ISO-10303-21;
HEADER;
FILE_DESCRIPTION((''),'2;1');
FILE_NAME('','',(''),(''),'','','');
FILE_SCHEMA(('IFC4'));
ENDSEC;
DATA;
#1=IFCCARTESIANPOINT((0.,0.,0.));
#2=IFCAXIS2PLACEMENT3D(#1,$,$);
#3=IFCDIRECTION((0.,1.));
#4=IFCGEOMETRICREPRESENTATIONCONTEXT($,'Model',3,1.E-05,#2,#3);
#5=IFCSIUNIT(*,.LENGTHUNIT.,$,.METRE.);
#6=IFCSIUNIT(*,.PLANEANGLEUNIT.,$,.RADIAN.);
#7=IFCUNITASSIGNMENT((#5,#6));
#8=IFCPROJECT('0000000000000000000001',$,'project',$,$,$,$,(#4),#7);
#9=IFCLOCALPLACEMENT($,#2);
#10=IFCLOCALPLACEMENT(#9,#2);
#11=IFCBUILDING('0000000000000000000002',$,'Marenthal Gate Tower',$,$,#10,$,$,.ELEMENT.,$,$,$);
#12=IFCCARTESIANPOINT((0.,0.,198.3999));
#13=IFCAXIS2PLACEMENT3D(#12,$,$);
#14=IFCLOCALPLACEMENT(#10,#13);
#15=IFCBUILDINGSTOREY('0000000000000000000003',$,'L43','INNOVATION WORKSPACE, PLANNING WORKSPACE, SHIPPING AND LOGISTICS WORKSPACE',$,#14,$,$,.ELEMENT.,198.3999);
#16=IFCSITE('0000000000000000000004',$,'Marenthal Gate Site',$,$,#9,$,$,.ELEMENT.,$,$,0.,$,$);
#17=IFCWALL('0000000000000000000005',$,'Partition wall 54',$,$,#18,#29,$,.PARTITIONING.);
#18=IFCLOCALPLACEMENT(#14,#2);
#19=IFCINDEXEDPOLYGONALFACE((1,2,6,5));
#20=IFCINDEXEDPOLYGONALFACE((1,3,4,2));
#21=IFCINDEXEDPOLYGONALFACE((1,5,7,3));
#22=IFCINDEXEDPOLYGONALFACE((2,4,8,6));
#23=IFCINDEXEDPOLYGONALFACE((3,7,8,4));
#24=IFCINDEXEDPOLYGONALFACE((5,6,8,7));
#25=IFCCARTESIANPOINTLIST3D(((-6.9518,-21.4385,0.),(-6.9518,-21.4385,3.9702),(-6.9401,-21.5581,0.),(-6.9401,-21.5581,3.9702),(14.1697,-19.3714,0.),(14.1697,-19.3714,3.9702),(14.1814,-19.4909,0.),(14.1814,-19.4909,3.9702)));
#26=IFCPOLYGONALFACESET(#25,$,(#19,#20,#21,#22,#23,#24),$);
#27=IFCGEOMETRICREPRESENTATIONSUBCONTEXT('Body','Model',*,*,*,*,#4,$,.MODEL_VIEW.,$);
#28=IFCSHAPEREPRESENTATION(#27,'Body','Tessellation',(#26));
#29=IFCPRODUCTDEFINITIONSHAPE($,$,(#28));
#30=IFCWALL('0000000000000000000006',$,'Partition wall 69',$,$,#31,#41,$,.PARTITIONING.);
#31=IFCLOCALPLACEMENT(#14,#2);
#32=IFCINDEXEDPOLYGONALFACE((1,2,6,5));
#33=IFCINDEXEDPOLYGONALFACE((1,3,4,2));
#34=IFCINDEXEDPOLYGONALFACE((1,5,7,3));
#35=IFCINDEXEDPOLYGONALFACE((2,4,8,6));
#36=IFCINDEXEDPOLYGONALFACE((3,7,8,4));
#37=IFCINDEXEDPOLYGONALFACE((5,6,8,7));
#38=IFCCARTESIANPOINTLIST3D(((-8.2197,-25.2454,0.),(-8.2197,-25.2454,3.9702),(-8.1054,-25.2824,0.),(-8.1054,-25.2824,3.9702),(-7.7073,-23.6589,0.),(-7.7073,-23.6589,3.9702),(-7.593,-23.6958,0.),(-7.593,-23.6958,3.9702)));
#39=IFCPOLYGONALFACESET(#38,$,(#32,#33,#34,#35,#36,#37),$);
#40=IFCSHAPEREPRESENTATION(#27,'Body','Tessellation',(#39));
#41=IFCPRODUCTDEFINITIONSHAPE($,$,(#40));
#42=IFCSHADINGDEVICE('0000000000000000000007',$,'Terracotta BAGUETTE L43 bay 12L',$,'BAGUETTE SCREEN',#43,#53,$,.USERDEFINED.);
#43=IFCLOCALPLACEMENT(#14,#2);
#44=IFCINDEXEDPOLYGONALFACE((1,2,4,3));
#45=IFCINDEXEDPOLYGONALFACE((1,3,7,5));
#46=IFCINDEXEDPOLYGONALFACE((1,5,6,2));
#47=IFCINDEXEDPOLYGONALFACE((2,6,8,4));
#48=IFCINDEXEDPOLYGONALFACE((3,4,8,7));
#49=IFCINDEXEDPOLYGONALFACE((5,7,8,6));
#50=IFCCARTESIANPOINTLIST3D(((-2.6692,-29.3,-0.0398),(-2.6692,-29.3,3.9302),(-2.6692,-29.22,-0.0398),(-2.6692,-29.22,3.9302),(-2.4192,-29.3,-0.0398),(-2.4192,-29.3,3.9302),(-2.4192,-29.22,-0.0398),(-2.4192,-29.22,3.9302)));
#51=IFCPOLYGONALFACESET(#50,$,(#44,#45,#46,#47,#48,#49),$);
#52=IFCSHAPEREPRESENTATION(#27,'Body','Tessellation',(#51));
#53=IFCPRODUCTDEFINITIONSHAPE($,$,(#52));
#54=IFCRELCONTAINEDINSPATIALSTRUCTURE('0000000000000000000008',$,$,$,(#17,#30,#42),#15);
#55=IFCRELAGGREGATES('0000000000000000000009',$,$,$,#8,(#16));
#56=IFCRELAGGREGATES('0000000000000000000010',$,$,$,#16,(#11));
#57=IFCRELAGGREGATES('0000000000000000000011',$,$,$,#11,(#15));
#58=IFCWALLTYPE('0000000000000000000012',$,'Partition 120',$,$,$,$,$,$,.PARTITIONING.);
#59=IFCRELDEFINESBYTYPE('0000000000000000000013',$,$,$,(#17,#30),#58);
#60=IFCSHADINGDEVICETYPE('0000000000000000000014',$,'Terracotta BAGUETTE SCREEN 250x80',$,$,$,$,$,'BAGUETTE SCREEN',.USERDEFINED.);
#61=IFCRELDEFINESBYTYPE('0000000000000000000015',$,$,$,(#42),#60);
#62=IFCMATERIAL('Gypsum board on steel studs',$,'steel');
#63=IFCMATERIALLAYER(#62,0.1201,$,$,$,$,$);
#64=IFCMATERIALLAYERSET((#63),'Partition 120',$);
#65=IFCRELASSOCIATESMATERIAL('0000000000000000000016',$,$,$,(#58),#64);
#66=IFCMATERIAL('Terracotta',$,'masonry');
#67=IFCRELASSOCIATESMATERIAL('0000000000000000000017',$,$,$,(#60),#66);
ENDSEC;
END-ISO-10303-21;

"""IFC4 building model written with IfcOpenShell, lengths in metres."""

from ifc_helpers import new_model, si_unit, direction, frame, frame_2d, origin, origin_2d, place, context, subcontext, project, spatial, rectangle, extrude, material, layer, layer_set, material_profile, profile_set, type_object, element, save


model = new_model("IFC4")

# Units and contexts
model_context = context("Model", 3, precision=1e-05, world=origin(), true_north=direction((0.0, 1.0)))
body_context = subcontext(model_context, "Body", "Model", "MODEL_VIEW")
ifc_project = project(units=[si_unit("LENGTHUNIT", "METRE"), si_unit("PLANEANGLEUNIT", "RADIAN")], contexts=[model_context])

# Site, building, storey
site_placement = place(None, origin())
site = spatial("IfcSite", under=ifc_project, at=site_placement, Name="Marenthal Gate Site", CompositionType="ELEMENT", RefElevation=0.0)
building_placement = place(site_placement, origin())
building = spatial("IfcBuilding", under=site, at=building_placement, Name="Marenthal Gate Tower", CompositionType="ELEMENT")
storey_placement = place(building_placement, frame((0.0, 0.0, 198.3999)))
storey = spatial("IfcBuildingStorey", under=building, at=storey_placement, Name="L43", Description="INNOVATION WORKSPACE, PLANNING WORKSPACE, SHIPPING AND LOGISTICS WORKSPACE", CompositionType="ELEMENT", Elevation=198.3999)

# Walls
ifc_material_1 = material(Name="Gypsum board on steel studs", Category="steel")
ifc_layer_1 = layer(ifc_material_1, 0.1201)
ifc_layer_set_1 = layer_set([ifc_layer_1], Name="Partition 120")
wall_type_1 = type_object("IfcWallType", Name="Partition 120", PredefinedType="PARTITIONING", material=ifc_layer_set_1)
wall_1_placement = place(storey_placement, frame((-6.946, -21.4983, 0.0), z_axis=(0.0, 0.0, 1.0), x_axis=(0.995245, 0.097403, 0.0)))
element("IfcWall", 1, at=wall_1_placement, inside=storey, type_object=wall_type_1, Name="Partition wall 54", PredefinedType="PARTITIONING", context=body_context, shape_type="SweptSolid", body=[
    extrude(rectangle(XDim=21.2224, YDim=0.1201, at=frame_2d((10.6113, 0.0))), origin(), (0.0, 0.0, 1.0), 3.9702),
])
wall_2_placement = place(storey_placement, frame((-7.6501, -23.6775, 0.0), z_axis=(0.0, 0.0, 1.0), x_axis=(-0.307384, -0.951586, 0.0)))
element("IfcWall", 2, at=wall_2_placement, inside=storey, type_object=wall_type_1, Name="Partition wall 69", PredefinedType="PARTITIONING", context=body_context, shape_type="SweptSolid", body=[
    extrude(rectangle(XDim=1.6672, YDim=0.1201, at=frame_2d((0.8335, 0.0))), origin(), (0.0, 0.0, 1.0), 3.9702),
])

# Shading device
ifc_material_2 = material(Name="Terracotta", Category="masonry")
ifc_material_profile_1 = material_profile(ifc_material_2, rectangle(XDim=0.25, YDim=0.0801, at=origin_2d()), Name="Terracotta baguette 250x80")
ifc_profile_set_1 = profile_set([ifc_material_profile_1], Name="Terracotta")
shading_device_type = type_object("IfcShadingDeviceType", Name="Terracotta BAGUETTE SCREEN 250x80", ElementType="BAGUETTE SCREEN", PredefinedType="USERDEFINED", material=ifc_profile_set_1)
shading_device_placement = place(storey_placement, frame((-2.5442, -29.26, -0.0398), z_axis=(0.0, 0.0, 1.0), x_axis=(1.0, 0.0, 0.0)))
element("IfcShadingDevice", 3, at=shading_device_placement, inside=storey, type_object=shading_device_type, Name="Terracotta BAGUETTE L43 bay 12L", ObjectType="BAGUETTE SCREEN", PredefinedType="USERDEFINED", context=body_context, shape_type="SweptSolid", body=[
    extrude(rectangle(XDim=0.25, YDim=0.0801, at=origin_2d()), origin(), (0.0, 0.0, 1.0), 3.97),
])

save(model, "model.ifc")
